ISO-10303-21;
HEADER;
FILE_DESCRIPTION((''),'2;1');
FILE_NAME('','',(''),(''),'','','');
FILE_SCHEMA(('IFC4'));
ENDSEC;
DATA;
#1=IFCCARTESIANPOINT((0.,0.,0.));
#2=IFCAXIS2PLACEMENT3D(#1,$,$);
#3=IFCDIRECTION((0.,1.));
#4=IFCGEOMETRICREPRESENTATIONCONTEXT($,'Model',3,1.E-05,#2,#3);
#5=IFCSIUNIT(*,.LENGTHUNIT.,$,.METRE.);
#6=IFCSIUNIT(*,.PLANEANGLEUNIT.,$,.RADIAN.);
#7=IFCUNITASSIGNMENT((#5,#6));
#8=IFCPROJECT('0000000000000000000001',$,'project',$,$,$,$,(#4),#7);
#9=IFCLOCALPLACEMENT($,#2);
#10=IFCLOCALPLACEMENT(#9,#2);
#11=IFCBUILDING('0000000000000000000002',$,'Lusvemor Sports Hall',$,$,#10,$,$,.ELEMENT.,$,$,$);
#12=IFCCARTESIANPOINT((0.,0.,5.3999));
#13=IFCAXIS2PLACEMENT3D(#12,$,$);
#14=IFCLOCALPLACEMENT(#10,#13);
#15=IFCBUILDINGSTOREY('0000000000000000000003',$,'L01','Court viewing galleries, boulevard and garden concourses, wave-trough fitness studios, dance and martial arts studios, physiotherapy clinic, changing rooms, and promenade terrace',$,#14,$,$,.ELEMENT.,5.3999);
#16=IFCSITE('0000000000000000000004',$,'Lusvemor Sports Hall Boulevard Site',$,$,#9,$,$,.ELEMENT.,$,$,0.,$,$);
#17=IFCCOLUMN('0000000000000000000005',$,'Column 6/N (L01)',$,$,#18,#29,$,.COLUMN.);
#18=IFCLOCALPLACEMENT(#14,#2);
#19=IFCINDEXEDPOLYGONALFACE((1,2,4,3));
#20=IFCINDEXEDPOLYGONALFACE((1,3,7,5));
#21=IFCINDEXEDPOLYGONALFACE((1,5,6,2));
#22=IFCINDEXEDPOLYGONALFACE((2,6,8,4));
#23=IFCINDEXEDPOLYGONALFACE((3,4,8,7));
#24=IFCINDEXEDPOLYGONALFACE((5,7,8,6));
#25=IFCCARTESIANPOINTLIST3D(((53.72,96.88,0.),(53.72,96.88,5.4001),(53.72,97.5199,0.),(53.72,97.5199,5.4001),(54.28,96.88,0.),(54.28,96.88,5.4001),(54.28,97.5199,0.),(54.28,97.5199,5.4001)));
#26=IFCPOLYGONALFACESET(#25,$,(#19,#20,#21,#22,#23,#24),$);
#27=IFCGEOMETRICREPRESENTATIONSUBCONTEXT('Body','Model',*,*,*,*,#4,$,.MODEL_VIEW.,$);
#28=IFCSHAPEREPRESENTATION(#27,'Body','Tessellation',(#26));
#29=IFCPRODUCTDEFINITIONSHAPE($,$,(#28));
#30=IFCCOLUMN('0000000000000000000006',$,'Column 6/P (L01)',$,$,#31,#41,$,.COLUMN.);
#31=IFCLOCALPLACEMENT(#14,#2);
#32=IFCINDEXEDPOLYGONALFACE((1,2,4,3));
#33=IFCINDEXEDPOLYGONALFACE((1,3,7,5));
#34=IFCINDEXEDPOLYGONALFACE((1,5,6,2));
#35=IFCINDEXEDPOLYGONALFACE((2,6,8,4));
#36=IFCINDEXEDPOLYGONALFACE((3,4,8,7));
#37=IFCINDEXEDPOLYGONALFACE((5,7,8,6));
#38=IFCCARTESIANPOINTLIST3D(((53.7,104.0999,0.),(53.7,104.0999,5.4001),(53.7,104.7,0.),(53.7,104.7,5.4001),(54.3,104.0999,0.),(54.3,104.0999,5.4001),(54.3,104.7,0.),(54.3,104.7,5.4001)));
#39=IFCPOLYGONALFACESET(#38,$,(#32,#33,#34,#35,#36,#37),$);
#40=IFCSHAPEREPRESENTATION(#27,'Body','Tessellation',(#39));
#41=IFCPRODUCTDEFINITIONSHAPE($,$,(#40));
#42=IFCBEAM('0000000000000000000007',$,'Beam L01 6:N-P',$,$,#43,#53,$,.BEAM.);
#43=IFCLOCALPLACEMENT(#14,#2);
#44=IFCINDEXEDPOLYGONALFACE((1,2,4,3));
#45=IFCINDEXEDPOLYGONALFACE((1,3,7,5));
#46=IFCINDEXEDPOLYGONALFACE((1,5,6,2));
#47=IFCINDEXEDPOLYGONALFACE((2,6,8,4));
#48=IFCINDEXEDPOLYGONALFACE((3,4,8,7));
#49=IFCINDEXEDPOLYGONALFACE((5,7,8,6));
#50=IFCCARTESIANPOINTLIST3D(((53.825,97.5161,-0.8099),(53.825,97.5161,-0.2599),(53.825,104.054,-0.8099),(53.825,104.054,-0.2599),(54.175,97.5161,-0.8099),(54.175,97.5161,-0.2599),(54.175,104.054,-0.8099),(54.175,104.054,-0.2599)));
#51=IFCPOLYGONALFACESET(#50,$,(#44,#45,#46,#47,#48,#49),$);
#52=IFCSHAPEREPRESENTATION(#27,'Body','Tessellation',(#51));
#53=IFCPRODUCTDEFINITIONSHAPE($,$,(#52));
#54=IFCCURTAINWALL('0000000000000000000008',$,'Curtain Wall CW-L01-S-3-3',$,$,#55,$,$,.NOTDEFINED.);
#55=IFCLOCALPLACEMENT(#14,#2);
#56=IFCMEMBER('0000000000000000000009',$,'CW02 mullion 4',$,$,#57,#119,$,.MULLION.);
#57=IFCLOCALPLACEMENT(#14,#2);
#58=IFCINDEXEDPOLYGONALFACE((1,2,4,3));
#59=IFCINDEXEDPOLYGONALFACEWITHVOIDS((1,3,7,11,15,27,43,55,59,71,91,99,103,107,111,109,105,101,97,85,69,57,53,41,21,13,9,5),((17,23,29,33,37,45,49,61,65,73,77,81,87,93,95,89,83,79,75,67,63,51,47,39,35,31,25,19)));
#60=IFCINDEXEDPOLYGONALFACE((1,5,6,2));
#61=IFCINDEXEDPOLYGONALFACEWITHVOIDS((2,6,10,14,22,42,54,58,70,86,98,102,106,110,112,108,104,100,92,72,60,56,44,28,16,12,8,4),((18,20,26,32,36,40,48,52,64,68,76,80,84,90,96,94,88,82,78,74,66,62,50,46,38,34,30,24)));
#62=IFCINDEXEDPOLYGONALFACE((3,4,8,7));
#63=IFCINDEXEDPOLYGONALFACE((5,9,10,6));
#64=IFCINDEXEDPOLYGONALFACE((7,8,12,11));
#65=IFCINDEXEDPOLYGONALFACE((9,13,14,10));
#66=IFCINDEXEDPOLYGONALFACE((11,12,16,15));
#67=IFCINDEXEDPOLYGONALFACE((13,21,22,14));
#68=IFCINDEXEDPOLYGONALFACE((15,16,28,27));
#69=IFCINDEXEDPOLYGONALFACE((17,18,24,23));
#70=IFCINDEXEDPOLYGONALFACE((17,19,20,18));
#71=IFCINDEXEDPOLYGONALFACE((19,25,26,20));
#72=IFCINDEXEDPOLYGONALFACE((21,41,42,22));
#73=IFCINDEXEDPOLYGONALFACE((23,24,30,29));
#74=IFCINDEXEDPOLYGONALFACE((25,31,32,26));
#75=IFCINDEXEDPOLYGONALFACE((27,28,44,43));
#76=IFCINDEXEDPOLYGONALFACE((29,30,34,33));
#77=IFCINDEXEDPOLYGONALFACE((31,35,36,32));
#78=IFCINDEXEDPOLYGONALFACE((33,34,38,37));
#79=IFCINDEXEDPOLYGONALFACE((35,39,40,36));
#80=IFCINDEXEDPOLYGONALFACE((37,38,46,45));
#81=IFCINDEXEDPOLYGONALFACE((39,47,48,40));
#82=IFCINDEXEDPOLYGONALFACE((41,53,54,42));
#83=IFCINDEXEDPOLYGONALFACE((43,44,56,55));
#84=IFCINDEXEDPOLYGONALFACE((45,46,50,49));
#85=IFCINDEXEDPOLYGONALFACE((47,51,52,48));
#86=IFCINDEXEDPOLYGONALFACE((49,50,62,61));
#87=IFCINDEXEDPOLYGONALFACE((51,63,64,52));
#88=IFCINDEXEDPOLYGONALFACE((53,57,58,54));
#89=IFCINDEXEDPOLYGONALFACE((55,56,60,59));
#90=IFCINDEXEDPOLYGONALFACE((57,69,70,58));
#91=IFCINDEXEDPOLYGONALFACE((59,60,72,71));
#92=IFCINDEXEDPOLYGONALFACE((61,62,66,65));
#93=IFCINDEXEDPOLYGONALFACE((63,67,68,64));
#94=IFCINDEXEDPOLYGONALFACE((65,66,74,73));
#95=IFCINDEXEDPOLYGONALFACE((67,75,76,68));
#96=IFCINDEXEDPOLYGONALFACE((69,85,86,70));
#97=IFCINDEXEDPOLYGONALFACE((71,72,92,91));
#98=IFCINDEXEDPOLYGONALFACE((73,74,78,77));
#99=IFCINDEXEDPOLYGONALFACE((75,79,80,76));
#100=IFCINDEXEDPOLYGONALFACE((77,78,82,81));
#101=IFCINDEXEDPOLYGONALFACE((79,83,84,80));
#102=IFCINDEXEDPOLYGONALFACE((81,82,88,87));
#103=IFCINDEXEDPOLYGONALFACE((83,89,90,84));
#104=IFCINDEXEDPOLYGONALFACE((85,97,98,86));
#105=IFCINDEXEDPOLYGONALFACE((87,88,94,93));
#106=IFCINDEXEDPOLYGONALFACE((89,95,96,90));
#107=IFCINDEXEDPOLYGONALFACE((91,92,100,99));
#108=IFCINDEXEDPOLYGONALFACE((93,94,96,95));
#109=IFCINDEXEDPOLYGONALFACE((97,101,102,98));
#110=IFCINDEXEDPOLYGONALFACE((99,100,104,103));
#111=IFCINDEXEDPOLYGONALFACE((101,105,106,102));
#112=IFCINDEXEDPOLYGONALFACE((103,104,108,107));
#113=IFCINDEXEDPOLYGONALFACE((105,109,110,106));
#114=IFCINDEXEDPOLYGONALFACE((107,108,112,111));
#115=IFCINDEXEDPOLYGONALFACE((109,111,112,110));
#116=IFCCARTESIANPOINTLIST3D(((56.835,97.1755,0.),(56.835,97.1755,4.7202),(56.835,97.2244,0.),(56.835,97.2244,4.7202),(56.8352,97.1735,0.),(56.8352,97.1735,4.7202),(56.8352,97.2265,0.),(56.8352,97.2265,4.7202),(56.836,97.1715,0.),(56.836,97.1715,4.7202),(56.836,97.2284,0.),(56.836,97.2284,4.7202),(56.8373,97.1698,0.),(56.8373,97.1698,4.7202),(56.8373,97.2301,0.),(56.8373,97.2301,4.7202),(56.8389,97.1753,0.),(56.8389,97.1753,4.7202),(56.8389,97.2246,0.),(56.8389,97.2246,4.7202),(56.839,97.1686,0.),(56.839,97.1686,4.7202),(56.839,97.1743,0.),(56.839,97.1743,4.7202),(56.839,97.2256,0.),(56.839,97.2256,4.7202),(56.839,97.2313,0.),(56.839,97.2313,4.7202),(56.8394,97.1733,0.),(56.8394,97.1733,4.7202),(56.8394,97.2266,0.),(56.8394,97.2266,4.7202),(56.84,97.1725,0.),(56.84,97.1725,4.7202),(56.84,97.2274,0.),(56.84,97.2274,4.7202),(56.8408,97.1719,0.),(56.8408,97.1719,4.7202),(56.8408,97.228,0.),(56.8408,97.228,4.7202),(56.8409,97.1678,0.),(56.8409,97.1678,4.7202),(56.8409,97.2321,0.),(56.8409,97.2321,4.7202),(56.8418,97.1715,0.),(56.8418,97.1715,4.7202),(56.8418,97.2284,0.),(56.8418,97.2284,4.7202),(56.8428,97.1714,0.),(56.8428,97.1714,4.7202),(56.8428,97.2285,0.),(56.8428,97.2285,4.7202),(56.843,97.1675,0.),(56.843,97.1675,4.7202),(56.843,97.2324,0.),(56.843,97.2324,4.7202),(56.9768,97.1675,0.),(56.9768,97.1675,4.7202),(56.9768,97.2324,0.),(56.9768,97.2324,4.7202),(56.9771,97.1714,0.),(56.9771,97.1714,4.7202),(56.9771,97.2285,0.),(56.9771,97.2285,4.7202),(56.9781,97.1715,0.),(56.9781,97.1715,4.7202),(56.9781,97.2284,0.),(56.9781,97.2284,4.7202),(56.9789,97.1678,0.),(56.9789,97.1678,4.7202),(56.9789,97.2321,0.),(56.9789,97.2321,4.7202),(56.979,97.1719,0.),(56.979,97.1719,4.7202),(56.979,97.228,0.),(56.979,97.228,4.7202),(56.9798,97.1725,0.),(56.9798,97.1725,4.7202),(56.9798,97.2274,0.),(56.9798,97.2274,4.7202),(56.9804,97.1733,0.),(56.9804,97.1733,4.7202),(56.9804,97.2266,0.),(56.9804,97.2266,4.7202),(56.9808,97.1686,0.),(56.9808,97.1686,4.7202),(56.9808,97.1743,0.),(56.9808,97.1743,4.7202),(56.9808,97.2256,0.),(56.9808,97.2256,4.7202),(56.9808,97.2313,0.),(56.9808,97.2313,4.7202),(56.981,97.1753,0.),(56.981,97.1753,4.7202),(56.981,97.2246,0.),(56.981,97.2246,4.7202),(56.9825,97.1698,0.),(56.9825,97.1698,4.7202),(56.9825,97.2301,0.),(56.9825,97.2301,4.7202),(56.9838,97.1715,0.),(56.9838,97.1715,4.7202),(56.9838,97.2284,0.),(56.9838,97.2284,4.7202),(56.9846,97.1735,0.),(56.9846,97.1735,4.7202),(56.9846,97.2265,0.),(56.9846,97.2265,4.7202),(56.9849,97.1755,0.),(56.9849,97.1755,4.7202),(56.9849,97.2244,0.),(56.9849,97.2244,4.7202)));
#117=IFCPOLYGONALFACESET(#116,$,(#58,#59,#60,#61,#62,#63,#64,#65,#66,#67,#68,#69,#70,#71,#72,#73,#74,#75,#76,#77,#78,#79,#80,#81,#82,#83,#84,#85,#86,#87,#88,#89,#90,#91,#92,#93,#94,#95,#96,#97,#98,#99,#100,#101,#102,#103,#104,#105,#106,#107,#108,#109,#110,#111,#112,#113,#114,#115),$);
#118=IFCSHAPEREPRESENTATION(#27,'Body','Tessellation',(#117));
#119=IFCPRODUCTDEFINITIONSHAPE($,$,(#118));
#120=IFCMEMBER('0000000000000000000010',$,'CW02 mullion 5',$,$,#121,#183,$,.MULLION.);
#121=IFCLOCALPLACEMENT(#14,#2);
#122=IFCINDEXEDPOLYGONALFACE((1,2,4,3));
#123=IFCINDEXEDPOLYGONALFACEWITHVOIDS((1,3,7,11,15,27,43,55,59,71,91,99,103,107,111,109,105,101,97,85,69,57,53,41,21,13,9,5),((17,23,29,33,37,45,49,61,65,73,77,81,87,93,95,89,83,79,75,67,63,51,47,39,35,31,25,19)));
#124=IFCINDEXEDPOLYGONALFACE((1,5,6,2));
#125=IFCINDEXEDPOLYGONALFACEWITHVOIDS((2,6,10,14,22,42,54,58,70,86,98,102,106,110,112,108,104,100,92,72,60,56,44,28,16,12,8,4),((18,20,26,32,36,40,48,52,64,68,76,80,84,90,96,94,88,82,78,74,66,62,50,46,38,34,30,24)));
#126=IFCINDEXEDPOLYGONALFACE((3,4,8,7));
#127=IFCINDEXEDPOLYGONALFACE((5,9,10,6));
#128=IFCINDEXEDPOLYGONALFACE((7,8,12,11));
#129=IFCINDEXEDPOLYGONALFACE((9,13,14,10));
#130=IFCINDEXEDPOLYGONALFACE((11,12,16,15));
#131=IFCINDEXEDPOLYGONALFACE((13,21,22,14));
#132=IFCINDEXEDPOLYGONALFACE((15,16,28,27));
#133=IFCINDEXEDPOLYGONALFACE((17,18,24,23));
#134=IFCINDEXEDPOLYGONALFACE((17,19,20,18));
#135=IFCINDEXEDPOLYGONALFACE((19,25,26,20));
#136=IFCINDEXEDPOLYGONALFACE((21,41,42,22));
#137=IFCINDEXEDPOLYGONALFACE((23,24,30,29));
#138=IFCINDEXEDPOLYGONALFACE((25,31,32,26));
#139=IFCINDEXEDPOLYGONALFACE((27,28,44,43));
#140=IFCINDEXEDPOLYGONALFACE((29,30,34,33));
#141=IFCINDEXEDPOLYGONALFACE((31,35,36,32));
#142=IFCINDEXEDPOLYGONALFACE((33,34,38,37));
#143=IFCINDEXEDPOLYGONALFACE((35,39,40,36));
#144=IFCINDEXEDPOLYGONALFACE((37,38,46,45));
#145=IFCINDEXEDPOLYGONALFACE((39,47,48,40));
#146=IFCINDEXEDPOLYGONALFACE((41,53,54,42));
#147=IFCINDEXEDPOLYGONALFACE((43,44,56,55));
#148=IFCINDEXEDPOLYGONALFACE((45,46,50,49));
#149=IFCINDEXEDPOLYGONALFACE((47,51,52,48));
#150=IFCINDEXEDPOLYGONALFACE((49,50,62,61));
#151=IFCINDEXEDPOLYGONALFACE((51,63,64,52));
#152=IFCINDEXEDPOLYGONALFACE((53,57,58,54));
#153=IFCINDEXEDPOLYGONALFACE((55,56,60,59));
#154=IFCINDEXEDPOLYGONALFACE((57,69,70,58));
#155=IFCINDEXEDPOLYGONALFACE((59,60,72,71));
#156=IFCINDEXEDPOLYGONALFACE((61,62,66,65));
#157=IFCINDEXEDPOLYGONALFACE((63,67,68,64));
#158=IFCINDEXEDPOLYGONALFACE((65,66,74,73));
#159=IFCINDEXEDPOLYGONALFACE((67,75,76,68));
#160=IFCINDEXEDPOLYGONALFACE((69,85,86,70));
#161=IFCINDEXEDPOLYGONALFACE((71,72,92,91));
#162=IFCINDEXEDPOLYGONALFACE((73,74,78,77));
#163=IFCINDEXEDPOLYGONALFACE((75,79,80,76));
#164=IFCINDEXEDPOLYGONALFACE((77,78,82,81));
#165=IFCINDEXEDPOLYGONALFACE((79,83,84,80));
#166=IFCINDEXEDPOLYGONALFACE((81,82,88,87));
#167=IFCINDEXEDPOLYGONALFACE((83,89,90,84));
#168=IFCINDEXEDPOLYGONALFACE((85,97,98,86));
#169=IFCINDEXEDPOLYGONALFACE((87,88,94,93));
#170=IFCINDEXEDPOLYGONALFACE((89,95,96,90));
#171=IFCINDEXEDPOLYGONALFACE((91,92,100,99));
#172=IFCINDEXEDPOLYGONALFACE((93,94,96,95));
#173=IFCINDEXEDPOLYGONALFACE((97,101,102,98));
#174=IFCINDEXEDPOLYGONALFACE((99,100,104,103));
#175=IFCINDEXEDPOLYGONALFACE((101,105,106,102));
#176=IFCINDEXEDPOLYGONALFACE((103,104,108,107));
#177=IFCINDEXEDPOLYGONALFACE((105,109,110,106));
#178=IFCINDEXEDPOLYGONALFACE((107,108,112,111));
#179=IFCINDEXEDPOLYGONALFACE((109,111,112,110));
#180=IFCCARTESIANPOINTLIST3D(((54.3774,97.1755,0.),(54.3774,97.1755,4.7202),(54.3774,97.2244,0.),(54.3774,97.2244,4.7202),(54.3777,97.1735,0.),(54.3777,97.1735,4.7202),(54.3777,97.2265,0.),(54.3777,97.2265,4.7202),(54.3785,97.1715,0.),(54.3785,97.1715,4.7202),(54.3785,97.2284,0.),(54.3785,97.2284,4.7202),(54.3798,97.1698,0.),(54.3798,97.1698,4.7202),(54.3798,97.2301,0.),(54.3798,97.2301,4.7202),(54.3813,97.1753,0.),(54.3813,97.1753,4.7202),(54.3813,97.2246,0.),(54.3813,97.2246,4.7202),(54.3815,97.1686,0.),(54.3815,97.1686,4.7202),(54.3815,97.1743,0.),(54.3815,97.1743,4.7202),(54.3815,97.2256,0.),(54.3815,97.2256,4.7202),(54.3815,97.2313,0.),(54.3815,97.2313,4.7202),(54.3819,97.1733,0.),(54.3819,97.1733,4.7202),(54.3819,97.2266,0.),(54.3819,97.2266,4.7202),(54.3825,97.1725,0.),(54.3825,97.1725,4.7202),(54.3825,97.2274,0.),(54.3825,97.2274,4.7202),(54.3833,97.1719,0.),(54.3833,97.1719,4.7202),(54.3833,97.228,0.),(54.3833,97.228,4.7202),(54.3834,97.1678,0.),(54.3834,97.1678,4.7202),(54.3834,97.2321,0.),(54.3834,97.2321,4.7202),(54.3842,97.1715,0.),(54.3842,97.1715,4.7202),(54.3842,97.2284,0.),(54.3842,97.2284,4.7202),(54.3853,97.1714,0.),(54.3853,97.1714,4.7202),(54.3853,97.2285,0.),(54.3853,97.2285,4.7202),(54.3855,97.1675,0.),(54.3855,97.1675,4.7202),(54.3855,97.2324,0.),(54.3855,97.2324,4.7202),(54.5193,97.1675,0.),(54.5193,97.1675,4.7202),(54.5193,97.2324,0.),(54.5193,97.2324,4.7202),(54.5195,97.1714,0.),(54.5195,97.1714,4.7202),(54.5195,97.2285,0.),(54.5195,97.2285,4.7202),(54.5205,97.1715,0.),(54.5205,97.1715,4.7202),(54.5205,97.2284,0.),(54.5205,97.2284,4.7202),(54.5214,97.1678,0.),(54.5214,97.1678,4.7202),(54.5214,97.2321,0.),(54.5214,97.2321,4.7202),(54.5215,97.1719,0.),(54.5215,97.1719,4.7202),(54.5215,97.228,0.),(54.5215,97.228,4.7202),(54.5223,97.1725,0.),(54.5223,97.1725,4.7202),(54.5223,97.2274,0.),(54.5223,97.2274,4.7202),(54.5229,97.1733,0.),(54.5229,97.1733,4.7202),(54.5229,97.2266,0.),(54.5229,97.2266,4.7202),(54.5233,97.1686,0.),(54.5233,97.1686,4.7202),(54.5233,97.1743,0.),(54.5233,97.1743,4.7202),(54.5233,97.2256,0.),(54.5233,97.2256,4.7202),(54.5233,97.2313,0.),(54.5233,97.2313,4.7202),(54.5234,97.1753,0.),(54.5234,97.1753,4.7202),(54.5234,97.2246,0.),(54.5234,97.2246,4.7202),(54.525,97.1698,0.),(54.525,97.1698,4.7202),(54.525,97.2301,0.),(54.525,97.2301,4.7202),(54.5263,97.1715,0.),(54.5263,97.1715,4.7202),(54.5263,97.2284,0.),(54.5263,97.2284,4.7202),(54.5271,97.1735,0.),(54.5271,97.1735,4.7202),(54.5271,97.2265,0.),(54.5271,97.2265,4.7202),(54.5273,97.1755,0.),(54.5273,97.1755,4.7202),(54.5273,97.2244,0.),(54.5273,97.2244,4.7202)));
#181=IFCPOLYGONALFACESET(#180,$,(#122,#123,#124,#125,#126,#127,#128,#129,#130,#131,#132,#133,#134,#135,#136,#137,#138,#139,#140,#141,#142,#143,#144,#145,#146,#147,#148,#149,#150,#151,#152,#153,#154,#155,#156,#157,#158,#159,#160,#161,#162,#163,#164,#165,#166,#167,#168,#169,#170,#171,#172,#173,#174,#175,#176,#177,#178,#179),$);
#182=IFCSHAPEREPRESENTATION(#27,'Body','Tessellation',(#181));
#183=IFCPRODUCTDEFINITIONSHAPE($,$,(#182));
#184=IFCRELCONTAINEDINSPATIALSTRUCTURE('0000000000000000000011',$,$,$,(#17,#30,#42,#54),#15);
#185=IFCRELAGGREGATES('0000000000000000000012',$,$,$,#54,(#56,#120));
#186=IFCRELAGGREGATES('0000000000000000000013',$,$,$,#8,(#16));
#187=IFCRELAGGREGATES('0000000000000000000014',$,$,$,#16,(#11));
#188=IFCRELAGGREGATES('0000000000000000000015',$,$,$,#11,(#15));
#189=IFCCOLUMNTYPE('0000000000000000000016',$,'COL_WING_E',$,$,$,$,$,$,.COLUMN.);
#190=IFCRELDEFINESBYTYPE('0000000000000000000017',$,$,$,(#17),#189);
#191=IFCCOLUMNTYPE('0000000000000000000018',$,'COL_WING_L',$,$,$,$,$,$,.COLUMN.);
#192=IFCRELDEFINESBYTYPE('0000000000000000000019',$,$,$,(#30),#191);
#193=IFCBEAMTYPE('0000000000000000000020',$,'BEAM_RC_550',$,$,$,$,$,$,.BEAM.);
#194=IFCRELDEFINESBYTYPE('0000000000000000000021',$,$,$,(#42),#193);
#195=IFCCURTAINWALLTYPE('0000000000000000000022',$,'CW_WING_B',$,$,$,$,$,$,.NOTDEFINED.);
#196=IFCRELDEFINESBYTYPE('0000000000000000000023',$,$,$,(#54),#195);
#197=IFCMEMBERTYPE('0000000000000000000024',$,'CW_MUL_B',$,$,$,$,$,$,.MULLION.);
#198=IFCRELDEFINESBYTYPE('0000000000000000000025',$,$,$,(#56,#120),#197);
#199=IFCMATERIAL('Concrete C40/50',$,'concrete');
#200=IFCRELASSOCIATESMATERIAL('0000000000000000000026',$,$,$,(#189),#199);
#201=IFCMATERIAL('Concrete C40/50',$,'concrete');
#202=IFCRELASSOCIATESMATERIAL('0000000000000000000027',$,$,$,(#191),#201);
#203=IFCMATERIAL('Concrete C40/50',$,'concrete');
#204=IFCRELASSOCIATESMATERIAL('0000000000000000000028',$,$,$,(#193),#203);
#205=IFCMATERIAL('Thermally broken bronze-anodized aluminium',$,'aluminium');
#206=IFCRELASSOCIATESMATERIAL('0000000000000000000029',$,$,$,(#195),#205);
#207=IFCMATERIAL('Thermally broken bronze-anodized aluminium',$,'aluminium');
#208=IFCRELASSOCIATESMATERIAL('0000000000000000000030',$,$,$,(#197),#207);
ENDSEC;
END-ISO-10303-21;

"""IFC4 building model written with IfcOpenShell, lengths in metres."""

from ifc_helpers import new_model, si_unit, direction, frame, origin, origin_2d, place, context, subcontext, project, spatial, rectangle, hollow_rectangle, extrude, material, material_profile, profile_set, type_object, element, aggregate, save


model = new_model("IFC4")

# Units and contexts
model_context = context("Model", 3, precision=1e-05, world=origin(), true_north=direction((0.0, 1.0)))
body_context = subcontext(model_context, "Body", "Model", "MODEL_VIEW")
ifc_project = project(units=[si_unit("LENGTHUNIT", "METRE"), si_unit("PLANEANGLEUNIT", "RADIAN")], contexts=[model_context])

# Site, building, storey
site_placement = place(None, origin())
site = spatial("IfcSite", under=ifc_project, at=site_placement, Name="Lusvemor Sports Hall Boulevard Site", CompositionType="ELEMENT", RefElevation=0.0)
building_placement = place(site_placement, origin())
building = spatial("IfcBuilding", under=site, at=building_placement, Name="Lusvemor Sports Hall", CompositionType="ELEMENT")
storey_placement = place(building_placement, frame((0.0, 0.0, 5.3999)))
storey = spatial("IfcBuildingStorey", under=building, at=storey_placement, Name="L01", Description="Court viewing galleries, boulevard and garden concourses, wave-trough fitness studios, dance and martial arts studios, physiotherapy clinic, changing rooms, and promenade terrace", CompositionType="ELEMENT", Elevation=5.3999)

# Columns
ifc_material_1 = material(Name="Concrete C40/50", Category="concrete")
ifc_material_profile_1 = material_profile(ifc_material_1, rectangle(XDim=0.5601, YDim=0.6399, at=origin_2d()), Name="RC560x640")
ifc_profile_set_1 = profile_set([ifc_material_profile_1], Name="Concrete C40/50")
column_type_1 = type_object("IfcColumnType", Name="COL_WING_E", PredefinedType="COLUMN", material=ifc_profile_set_1)
column_1_placement = place(storey_placement, frame((54.0, 97.2, 0.0), z_axis=(0.0, 0.0, 1.0), x_axis=(1.0, 0.0, 0.0)))
element("IfcColumn", 1, at=column_1_placement, inside=storey, type_object=column_type_1, Name="Column 6/N (L01)", PredefinedType="COLUMN", context=body_context, shape_type="SweptSolid", body=[
    extrude(rectangle(XDim=0.5601, YDim=0.6399, at=origin_2d()), origin(), (0.0, 0.0, 1.0), 5.4001),
])
ifc_material_2 = material(Name="Concrete C40/50", Category="concrete")
ifc_material_profile_2 = material_profile(ifc_material_2, rectangle(XDim=0.6001, YDim=0.6001, at=origin_2d()), Name="RC600x600")
ifc_profile_set_2 = profile_set([ifc_material_profile_2], Name="Concrete C40/50")
column_type_2 = type_object("IfcColumnType", Name="COL_WING_L", PredefinedType="COLUMN", material=ifc_profile_set_2)
column_2_placement = place(storey_placement, frame((54.0, 104.3999, 0.0), z_axis=(0.0, 0.0, 1.0), x_axis=(1.0, 0.0, 0.0)))
element("IfcColumn", 2, at=column_2_placement, inside=storey, type_object=column_type_2, Name="Column 6/P (L01)", PredefinedType="COLUMN", context=body_context, shape_type="SweptSolid", body=[
    extrude(rectangle(XDim=0.6001, YDim=0.6001, at=origin_2d()), origin(), (0.0, 0.0, 1.0), 5.4001),
])

# Beam
ifc_material_3 = material(Name="Concrete C40/50", Category="concrete")
ifc_material_profile_3 = material_profile(ifc_material_3, rectangle(XDim=0.3501, YDim=0.55, at=origin_2d()), Name="RC350x550")
ifc_profile_set_3 = profile_set([ifc_material_profile_3], Name="Concrete C40/50")
beam_type_1 = type_object("IfcBeamType", Name="BEAM_RC_550", PredefinedType="BEAM", material=ifc_profile_set_3)
beam_1_placement = place(storey_placement, frame((54.0, 97.5161, -0.5349), z_axis=(0.0, 1.0, 0.0), x_axis=(-1.0, 0.0, 0.0)))
element("IfcBeam", 3, at=beam_1_placement, inside=storey, type_object=beam_type_1, Name="Beam L01 6:N-P", PredefinedType="BEAM", context=body_context, shape_type="SweptSolid", body=[
    extrude(rectangle(XDim=0.3501, YDim=0.55, at=origin_2d()), origin(), (0.0, 0.0, 1.0), 6.5378),
])

# Curtain wall, members
ifc_material_4 = material(Name="Thermally broken bronze-anodized aluminium", Category="aluminium")
curtain_wall_type = type_object("IfcCurtainWallType", Name="CW_WING_B", PredefinedType="NOTDEFINED", material=ifc_material_4)
curtain_wall_placement = place(storey_placement, origin())
curtain_wall = element("IfcCurtainWall", 4, at=curtain_wall_placement, inside=storey, type_object=curtain_wall_type, Name="Curtain Wall CW-L01-S-3-3", PredefinedType="NOTDEFINED")
ifc_material_5 = material(Name="Thermally broken bronze-anodized aluminium", Category="aluminium")
ifc_material_profile_4 = material_profile(ifc_material_5, hollow_rectangle(XDim=0.0649, YDim=0.1499, WallThickness=0.0039, InnerFilletRadius=0.0039, OuterFilletRadius=0.0081, at=origin_2d()), Name="CWMUL150x65x4")
ifc_profile_set_4 = profile_set([ifc_material_profile_4], Name="Thermally broken bronze-anodized aluminium")
member_type_1 = type_object("IfcMemberType", Name="CW_MUL_B", PredefinedType="MULLION", material=ifc_profile_set_4)
member_1_placement = place(storey_placement, frame((56.9099, 97.2, 0.0), z_axis=(0.0, 0.0, 1.0), x_axis=(0.0, -1.0, 0.0)))
member_1 = element("IfcMember", 5, at=member_1_placement, type_object=member_type_1, Name="CW02 mullion 4", PredefinedType="MULLION", context=body_context, shape_type="SweptSolid", body=[
    extrude(hollow_rectangle(XDim=0.0649, YDim=0.1499, WallThickness=0.0039, InnerFilletRadius=0.0039, OuterFilletRadius=0.0081, at=origin_2d()), origin(), (0.0, 0.0, 1.0), 4.7202),
])
member_2_placement = place(storey_placement, frame((54.4524, 97.2, 0.0), z_axis=(0.0, 0.0, 1.0), x_axis=(0.0, -1.0, 0.0)))
member_2 = element("IfcMember", 6, at=member_2_placement, type_object=member_type_1, Name="CW02 mullion 5", PredefinedType="MULLION", context=body_context, shape_type="SweptSolid", body=[
    extrude(hollow_rectangle(XDim=0.0649, YDim=0.1499, WallThickness=0.0039, InnerFilletRadius=0.0039, OuterFilletRadius=0.0081, at=origin_2d()), origin(), (0.0, 0.0, 1.0), 4.7202),
])

aggregate(curtain_wall, [member_1, member_2])

save(model, "model.ifc")
